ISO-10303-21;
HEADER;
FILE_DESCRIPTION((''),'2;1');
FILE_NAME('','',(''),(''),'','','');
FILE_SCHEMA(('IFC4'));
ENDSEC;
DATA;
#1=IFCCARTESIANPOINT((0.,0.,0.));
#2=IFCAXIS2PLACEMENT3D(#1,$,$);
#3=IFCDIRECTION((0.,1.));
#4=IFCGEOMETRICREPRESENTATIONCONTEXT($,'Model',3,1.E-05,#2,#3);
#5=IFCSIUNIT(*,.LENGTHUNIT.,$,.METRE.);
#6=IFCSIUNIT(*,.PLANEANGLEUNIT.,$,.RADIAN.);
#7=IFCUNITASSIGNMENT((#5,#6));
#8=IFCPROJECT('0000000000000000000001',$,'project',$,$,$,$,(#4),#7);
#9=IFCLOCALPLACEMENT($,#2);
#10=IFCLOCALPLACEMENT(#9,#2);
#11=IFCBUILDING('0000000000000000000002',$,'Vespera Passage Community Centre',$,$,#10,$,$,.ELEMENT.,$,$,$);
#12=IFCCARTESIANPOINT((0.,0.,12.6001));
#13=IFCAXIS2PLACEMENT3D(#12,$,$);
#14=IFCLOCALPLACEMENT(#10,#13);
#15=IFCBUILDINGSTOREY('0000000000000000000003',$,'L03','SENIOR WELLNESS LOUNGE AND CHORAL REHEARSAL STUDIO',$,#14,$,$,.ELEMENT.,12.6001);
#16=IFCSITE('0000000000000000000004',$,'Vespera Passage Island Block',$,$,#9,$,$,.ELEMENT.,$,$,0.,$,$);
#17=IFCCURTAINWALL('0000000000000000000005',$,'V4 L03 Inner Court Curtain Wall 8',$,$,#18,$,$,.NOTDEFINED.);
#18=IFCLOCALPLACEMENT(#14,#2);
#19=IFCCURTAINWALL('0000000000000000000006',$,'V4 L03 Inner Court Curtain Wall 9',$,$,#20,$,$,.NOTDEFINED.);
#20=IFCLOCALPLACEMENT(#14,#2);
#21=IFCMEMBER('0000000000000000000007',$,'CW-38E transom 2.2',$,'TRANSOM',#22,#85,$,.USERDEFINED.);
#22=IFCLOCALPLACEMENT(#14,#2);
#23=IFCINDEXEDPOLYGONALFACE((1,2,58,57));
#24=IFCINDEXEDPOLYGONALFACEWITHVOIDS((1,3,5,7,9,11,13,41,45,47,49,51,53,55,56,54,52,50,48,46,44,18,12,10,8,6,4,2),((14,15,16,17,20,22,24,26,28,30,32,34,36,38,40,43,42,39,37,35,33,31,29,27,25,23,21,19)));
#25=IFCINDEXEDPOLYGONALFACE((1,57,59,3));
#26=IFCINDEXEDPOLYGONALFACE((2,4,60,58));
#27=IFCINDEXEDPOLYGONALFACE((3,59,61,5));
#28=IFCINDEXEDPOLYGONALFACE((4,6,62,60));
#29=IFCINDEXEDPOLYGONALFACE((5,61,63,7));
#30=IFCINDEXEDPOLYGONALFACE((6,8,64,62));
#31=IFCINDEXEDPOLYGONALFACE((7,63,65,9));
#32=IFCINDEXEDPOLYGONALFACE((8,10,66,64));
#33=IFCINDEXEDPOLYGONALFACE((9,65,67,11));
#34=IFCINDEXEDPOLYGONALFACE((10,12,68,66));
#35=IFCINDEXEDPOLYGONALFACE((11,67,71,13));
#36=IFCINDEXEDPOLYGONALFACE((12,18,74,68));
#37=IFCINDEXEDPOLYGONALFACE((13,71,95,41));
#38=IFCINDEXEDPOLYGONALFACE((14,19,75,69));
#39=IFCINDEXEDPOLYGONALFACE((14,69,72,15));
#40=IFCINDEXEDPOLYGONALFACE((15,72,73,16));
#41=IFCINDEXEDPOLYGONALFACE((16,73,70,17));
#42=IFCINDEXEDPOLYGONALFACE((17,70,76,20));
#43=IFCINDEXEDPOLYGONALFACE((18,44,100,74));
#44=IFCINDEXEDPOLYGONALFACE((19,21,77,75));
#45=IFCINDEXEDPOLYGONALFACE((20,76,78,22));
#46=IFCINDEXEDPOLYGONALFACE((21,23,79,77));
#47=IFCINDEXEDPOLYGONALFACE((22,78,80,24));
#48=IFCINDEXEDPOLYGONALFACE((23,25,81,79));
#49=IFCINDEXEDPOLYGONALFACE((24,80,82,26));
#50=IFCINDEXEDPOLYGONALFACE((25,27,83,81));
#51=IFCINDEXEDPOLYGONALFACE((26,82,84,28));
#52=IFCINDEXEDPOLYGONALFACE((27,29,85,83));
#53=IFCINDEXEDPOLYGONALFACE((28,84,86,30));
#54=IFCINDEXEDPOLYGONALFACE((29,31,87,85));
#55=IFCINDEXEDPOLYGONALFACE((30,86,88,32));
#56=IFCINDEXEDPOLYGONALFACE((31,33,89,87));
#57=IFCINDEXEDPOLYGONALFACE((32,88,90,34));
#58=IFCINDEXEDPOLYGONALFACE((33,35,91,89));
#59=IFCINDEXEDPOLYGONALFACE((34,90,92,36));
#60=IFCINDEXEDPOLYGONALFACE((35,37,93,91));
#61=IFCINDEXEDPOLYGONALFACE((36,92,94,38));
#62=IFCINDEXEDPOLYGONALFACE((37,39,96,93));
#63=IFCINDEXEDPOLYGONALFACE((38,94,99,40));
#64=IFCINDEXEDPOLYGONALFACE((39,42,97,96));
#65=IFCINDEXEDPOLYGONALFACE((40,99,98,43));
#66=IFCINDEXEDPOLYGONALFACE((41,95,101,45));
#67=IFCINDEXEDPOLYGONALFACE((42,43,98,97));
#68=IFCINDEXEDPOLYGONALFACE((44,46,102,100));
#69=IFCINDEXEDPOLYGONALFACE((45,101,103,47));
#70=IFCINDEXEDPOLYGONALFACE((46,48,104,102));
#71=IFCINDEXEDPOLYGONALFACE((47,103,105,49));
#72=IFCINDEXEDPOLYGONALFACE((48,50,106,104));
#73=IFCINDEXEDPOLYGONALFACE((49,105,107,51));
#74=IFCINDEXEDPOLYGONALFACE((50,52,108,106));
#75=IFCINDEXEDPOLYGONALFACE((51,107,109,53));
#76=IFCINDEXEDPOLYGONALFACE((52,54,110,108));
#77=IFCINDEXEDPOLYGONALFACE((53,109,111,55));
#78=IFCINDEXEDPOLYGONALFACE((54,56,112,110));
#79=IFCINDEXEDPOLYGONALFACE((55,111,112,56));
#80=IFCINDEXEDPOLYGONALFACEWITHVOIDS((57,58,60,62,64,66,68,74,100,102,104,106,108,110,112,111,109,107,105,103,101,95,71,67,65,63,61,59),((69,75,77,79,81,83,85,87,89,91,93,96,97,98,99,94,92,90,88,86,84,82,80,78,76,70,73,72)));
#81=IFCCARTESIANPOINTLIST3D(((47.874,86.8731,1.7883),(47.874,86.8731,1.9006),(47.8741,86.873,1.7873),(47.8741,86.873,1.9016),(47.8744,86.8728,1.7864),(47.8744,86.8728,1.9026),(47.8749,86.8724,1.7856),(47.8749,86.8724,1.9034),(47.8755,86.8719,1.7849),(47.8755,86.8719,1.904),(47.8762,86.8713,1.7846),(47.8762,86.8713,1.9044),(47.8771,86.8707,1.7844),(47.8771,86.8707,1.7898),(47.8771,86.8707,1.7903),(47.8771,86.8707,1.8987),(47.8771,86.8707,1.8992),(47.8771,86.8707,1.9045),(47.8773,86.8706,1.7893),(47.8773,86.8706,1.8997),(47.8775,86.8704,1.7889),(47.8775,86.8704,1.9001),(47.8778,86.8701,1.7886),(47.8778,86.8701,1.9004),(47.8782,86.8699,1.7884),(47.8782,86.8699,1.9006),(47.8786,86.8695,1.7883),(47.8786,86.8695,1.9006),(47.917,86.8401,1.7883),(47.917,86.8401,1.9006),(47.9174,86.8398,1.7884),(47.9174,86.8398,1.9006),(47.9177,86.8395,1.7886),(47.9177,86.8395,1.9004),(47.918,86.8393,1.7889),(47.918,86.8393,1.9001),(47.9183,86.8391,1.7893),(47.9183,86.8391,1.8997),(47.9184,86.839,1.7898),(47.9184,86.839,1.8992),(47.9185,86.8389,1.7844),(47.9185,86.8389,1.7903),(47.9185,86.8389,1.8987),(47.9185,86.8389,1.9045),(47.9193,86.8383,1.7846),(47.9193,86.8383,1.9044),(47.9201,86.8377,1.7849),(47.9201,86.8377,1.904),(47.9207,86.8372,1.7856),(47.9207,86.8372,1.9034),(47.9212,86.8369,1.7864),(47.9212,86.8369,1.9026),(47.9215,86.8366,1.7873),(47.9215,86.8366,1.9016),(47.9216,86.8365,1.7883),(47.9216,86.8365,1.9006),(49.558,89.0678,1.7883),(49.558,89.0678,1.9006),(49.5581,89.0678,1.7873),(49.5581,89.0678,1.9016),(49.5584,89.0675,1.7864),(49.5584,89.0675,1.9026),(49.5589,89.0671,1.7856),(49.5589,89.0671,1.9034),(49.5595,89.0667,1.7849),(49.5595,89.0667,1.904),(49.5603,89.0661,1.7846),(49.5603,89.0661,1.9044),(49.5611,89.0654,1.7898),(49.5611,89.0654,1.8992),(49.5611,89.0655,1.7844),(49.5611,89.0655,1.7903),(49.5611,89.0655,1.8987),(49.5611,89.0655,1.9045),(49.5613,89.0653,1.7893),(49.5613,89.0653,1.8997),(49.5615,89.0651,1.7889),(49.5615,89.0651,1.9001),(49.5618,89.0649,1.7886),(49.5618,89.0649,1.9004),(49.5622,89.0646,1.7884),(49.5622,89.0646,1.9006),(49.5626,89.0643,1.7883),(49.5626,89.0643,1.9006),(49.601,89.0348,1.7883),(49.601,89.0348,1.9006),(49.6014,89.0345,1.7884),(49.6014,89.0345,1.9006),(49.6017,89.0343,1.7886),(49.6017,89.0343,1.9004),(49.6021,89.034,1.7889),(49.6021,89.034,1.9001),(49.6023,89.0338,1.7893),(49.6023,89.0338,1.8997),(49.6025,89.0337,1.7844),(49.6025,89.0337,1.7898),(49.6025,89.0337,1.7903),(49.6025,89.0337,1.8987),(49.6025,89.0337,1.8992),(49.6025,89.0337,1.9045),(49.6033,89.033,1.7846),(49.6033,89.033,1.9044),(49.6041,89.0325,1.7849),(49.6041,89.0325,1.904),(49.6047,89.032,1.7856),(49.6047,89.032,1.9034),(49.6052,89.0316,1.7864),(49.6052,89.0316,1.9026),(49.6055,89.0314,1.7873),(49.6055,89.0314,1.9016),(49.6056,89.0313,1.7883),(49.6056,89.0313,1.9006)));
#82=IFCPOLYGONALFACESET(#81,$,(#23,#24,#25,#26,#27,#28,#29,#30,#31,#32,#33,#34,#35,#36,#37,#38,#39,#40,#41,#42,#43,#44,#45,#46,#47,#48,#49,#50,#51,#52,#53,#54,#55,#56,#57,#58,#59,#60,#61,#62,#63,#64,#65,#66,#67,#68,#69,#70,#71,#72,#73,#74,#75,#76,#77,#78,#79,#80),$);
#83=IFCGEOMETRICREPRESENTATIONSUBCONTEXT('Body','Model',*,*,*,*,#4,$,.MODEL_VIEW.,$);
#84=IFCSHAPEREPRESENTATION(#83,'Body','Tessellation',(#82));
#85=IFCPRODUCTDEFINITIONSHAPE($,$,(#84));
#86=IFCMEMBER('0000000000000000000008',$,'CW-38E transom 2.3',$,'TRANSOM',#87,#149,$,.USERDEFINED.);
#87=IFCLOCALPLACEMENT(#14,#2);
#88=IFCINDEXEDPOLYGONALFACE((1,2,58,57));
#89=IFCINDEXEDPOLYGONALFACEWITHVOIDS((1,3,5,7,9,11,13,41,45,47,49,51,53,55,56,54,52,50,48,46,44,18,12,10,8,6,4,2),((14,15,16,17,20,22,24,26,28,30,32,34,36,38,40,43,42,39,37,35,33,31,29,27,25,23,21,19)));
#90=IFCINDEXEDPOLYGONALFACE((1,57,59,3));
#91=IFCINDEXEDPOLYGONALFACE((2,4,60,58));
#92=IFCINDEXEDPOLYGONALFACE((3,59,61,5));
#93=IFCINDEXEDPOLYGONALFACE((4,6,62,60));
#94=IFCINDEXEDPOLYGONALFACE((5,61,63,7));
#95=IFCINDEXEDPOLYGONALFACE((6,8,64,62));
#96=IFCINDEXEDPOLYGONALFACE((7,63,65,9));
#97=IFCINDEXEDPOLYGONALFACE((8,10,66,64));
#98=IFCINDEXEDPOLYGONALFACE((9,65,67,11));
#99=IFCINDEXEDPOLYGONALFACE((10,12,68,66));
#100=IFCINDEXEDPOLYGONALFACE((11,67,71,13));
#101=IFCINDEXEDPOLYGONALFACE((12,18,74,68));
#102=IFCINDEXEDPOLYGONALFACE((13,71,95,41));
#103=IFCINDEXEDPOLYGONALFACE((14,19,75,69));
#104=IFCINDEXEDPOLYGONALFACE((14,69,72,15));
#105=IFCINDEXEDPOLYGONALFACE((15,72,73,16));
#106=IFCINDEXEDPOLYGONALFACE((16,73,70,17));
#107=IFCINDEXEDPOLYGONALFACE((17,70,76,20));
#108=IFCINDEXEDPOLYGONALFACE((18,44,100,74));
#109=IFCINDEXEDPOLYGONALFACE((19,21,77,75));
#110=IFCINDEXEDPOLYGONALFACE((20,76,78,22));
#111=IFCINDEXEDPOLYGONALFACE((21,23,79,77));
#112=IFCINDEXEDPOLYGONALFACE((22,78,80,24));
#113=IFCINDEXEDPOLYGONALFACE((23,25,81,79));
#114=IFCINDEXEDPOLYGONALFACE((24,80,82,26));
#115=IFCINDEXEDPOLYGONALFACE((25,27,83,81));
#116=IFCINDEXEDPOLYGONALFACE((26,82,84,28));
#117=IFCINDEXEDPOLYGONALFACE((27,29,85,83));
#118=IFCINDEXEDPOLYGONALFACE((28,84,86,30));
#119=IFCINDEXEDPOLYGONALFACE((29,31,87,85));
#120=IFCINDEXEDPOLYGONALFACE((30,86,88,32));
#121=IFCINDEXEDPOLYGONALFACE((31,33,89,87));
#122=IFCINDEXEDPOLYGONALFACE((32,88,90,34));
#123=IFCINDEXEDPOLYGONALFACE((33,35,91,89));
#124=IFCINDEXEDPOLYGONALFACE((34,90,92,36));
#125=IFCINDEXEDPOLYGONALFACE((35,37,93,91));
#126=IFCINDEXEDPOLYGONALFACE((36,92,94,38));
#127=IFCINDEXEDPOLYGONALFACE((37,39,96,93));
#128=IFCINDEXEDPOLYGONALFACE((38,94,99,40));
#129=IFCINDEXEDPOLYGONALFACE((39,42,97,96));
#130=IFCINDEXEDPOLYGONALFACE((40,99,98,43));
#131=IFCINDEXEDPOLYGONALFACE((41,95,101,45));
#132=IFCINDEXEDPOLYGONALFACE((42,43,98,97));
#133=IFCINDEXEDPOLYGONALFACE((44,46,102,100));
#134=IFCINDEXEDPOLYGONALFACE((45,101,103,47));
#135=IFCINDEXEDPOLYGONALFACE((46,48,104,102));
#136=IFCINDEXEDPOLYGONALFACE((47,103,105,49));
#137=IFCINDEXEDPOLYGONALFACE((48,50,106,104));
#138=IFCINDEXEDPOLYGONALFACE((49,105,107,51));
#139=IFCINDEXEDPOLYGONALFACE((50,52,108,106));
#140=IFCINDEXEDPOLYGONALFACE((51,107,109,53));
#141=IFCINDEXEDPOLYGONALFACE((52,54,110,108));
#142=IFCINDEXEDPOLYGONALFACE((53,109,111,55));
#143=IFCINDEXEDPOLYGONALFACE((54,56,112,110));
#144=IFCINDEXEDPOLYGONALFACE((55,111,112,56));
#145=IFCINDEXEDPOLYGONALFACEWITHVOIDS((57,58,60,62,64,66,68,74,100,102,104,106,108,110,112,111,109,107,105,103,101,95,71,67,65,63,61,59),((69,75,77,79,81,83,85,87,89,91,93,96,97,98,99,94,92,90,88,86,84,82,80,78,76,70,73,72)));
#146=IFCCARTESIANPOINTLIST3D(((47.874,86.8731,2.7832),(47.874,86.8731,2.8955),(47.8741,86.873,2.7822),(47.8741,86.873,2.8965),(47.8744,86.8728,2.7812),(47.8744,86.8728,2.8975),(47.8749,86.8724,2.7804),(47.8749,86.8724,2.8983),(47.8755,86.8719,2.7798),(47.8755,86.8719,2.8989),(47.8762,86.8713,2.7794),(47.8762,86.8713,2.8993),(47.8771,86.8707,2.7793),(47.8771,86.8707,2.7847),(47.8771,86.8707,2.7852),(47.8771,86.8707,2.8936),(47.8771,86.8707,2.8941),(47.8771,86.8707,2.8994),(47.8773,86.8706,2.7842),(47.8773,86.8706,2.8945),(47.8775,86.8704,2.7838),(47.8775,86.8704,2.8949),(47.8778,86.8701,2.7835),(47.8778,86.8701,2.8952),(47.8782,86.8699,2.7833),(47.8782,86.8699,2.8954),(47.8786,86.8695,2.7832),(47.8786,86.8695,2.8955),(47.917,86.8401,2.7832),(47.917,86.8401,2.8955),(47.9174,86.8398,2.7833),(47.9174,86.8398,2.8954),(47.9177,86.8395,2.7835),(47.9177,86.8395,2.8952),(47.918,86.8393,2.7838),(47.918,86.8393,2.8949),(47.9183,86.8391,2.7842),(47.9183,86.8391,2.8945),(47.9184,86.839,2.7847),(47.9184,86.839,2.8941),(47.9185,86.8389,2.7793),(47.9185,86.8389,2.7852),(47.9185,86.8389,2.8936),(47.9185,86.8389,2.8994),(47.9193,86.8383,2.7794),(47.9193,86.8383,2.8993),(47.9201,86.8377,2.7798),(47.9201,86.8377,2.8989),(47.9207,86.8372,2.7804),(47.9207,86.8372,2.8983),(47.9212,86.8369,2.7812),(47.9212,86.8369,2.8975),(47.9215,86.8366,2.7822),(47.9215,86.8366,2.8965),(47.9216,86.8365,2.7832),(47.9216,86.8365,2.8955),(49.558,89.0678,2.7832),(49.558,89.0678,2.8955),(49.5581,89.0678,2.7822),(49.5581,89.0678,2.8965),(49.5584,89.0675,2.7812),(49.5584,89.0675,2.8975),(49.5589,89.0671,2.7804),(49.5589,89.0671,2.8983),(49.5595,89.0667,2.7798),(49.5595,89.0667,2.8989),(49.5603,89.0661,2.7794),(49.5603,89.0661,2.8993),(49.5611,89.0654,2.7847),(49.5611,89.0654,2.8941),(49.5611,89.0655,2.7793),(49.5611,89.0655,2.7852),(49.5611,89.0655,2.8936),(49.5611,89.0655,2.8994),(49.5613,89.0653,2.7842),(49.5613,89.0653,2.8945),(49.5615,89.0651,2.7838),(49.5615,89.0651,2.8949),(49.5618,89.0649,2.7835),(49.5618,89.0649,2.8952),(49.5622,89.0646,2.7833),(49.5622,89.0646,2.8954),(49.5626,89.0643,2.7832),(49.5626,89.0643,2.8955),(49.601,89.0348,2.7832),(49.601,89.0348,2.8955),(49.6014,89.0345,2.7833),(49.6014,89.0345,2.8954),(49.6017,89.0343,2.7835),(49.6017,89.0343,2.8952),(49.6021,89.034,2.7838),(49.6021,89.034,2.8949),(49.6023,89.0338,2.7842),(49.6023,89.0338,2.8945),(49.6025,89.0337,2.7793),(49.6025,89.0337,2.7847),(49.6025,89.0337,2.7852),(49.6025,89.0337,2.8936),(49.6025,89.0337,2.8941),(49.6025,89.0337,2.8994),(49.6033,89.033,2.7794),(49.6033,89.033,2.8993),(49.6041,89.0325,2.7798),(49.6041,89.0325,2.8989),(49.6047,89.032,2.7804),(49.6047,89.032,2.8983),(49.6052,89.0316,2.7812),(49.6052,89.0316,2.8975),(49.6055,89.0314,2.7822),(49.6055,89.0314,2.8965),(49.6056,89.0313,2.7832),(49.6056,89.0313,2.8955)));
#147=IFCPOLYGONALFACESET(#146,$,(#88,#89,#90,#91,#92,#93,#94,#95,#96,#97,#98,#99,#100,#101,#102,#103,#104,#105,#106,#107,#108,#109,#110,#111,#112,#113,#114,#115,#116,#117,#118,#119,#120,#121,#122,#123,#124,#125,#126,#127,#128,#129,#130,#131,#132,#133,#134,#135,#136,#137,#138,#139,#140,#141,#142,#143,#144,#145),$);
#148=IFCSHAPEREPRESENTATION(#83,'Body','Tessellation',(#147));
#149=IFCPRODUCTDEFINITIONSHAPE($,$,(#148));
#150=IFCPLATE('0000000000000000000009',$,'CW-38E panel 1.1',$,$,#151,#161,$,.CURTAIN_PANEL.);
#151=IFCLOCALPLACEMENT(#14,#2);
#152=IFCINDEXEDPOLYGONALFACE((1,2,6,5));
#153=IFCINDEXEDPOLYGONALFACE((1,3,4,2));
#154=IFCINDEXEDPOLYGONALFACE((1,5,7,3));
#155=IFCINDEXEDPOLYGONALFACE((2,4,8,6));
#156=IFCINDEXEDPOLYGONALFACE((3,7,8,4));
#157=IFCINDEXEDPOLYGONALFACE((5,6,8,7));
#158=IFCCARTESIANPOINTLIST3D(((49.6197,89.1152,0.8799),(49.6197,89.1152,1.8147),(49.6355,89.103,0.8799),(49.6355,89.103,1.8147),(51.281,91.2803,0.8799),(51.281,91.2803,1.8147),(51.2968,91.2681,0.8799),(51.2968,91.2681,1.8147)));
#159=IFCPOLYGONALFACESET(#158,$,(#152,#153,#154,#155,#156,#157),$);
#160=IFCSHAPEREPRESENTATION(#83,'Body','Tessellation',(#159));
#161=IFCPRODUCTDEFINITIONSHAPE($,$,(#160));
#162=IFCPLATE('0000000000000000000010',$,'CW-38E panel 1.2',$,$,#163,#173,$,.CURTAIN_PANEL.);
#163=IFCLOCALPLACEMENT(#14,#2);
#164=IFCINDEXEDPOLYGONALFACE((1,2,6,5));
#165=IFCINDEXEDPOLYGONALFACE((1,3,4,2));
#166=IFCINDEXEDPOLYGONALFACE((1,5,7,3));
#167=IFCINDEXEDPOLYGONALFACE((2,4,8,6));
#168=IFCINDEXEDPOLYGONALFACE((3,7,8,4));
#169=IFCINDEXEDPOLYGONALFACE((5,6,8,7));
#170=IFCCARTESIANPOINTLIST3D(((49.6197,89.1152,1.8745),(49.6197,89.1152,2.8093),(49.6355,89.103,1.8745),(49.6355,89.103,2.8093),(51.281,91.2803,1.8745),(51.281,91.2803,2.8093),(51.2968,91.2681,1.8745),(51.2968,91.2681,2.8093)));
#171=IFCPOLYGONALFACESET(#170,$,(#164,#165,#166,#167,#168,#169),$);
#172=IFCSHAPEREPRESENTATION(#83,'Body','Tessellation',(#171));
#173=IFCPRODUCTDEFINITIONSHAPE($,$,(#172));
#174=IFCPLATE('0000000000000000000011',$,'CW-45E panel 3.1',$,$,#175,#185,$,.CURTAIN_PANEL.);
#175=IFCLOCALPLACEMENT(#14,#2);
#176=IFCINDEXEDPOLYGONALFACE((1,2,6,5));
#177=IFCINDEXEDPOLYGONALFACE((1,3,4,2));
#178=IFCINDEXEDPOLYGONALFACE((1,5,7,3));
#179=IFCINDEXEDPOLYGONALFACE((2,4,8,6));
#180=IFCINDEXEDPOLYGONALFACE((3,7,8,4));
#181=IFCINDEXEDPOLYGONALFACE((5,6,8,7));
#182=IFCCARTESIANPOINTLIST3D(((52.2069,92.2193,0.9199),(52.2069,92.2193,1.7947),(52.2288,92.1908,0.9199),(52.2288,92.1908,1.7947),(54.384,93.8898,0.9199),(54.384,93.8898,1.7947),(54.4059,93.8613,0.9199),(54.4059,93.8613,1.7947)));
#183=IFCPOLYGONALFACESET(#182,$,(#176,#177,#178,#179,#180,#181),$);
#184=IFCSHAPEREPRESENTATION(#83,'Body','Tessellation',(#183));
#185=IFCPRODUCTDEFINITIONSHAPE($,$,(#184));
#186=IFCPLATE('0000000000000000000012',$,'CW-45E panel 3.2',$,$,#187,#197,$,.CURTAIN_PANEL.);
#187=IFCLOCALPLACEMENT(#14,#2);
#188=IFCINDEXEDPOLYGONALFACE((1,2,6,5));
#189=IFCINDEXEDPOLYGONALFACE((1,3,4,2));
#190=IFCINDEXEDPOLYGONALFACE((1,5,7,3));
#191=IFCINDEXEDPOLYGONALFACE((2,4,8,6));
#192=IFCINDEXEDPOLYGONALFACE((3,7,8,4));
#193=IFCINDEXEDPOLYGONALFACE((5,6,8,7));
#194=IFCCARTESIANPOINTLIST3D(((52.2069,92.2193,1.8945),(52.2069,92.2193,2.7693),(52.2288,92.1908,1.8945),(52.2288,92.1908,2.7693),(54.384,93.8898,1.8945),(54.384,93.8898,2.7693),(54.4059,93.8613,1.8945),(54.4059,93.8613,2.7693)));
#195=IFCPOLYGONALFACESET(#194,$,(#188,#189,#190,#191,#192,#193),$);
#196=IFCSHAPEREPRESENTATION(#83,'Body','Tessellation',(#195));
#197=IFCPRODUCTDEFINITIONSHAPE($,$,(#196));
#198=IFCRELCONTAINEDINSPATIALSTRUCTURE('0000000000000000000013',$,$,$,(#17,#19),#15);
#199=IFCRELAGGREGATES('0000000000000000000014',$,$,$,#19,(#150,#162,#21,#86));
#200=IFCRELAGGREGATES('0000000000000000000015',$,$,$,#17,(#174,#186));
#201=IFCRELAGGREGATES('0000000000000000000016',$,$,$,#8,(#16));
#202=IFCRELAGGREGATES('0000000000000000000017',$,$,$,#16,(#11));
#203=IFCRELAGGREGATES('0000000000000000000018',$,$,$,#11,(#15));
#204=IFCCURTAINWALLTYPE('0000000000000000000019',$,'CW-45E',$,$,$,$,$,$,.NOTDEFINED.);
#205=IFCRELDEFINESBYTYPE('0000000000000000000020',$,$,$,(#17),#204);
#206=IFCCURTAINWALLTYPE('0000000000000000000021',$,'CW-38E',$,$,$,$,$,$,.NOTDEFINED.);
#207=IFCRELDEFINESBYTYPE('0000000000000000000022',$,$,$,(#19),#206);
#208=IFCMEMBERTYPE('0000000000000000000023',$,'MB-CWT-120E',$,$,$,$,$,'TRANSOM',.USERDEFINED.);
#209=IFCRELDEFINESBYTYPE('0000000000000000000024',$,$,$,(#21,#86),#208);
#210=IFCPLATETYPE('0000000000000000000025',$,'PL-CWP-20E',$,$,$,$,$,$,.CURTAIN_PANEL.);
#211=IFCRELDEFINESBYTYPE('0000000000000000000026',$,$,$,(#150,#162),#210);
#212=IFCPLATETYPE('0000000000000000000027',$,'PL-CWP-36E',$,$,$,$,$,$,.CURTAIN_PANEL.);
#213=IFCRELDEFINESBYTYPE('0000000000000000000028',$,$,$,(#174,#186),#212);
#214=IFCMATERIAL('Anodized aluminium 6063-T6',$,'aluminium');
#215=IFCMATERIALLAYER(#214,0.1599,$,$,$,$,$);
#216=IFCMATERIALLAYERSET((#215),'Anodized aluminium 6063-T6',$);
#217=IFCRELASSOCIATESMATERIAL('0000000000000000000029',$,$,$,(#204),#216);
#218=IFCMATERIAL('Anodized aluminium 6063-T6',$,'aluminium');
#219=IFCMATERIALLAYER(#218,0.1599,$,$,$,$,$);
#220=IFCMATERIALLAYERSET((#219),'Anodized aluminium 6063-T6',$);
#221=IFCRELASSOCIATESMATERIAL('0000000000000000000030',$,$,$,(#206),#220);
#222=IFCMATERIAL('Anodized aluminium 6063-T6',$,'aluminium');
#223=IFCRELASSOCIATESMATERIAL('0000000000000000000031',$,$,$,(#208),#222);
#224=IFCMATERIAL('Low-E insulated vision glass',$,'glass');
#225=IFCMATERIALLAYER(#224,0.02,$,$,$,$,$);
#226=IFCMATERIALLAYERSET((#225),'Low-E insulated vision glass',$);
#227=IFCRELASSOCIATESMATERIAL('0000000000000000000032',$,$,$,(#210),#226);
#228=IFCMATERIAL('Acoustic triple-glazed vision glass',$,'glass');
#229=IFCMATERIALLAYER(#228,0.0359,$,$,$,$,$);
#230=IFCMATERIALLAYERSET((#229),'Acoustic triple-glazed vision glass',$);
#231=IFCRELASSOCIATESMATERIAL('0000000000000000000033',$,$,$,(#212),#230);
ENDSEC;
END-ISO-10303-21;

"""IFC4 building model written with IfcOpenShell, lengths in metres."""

from ifc_helpers import new_model, si_unit, direction, frame, origin, origin_2d, place, context, subcontext, project, spatial, rectangle, hollow_rectangle, extrude, material, layer, layer_set, material_profile, profile_set, type_object, element, aggregate, save


model = new_model("IFC4")

# Units and contexts
model_context = context("Model", 3, precision=1e-05, world=origin(), true_north=direction((0.0, 1.0)))
body_context = subcontext(model_context, "Body", "Model", "MODEL_VIEW")
ifc_project = project(units=[si_unit("LENGTHUNIT", "METRE"), si_unit("PLANEANGLEUNIT", "RADIAN")], contexts=[model_context])

# Site, building, storey
site_placement = place(None, origin())
site = spatial("IfcSite", under=ifc_project, at=site_placement, Name="Vespera Passage Island Block", CompositionType="ELEMENT", RefElevation=0.0)
building_placement = place(site_placement, origin())
building = spatial("IfcBuilding", under=site, at=building_placement, Name="Vespera Passage Community Centre", CompositionType="ELEMENT")
storey_placement = place(building_placement, frame((0.0, 0.0, 12.6001)))
storey = spatial("IfcBuildingStorey", under=building, at=storey_placement, Name="L03", Description="SENIOR WELLNESS LOUNGE AND CHORAL REHEARSAL STUDIO", CompositionType="ELEMENT", Elevation=12.6001)

# Curtain wall
ifc_material_1 = material(Name="Anodized aluminium 6063-T6", Category="aluminium")
ifc_layer_1 = layer(ifc_material_1, 0.1599)
ifc_layer_set_1 = layer_set([ifc_layer_1], Name="Anodized aluminium 6063-T6")
curtain_wall_type_1 = type_object("IfcCurtainWallType", Name="CW-45E", PredefinedType="NOTDEFINED", material=ifc_layer_set_1)
curtain_wall_1_placement = place(storey_placement, origin())
curtain_wall_1 = element("IfcCurtainWall", 1, at=curtain_wall_1_placement, inside=storey, type_object=curtain_wall_type_1, Name="V4 L03 Inner Court Curtain Wall 8", PredefinedType="NOTDEFINED")

# Curtain wall, members, plates
ifc_material_2 = material(Name="Anodized aluminium 6063-T6", Category="aluminium")
ifc_layer_2 = layer(ifc_material_2, 0.1599)
ifc_layer_set_2 = layer_set([ifc_layer_2], Name="Anodized aluminium 6063-T6")
curtain_wall_type_2 = type_object("IfcCurtainWallType", Name="CW-38E", PredefinedType="NOTDEFINED", material=ifc_layer_set_2)
curtain_wall_2_placement = place(storey_placement, origin())
curtain_wall_2 = element("IfcCurtainWall", 2, at=curtain_wall_2_placement, inside=storey, type_object=curtain_wall_type_2, Name="V4 L03 Inner Court Curtain Wall 9", PredefinedType="NOTDEFINED")
ifc_material_3 = material(Name="Anodized aluminium 6063-T6", Category="aluminium")
ifc_material_profile_1 = material_profile(ifc_material_3, hollow_rectangle(XDim=0.0601, YDim=0.1201, WallThickness=0.0039, InnerFilletRadius=0.002, OuterFilletRadius=0.0039, at=origin_2d()), Name="ALU120X60X4")
ifc_profile_set_1 = profile_set([ifc_material_profile_1], Name="Anodized aluminium 6063-T6")
member_type_1 = type_object("IfcMemberType", Name="MB-CWT-120E", ElementType="TRANSOM", PredefinedType="USERDEFINED", material=ifc_profile_set_1)
member_1_placement = place(storey_placement, frame((49.5818, 89.0496, 1.8445), z_axis=(-0.608746, -0.793365, 0.0), x_axis=(0.793365, -0.608746, 0.0)))
member_1 = element("IfcMember", 3, at=member_1_placement, type_object=member_type_1, Name="CW-38E transom 2.2", ObjectType="TRANSOM", PredefinedType="USERDEFINED", context=body_context, shape_type="SweptSolid", body=[
    extrude(hollow_rectangle(XDim=0.0601, YDim=0.1201, WallThickness=0.0039, InnerFilletRadius=0.002, OuterFilletRadius=0.0039, at=origin_2d()), origin(), (0.0, 0.0, 1.0), 2.7664),
])
member_2_placement = place(storey_placement, frame((49.5818, 89.0496, 2.8394), z_axis=(-0.608746, -0.793365, 0.0), x_axis=(0.793365, -0.608746, 0.0)))
member_2 = element("IfcMember", 4, at=member_2_placement, type_object=member_type_1, Name="CW-38E transom 2.3", ObjectType="TRANSOM", PredefinedType="USERDEFINED", context=body_context, shape_type="SweptSolid", body=[
    extrude(hollow_rectangle(XDim=0.0601, YDim=0.1201, WallThickness=0.0039, InnerFilletRadius=0.002, OuterFilletRadius=0.0039, at=origin_2d()), origin(), (0.0, 0.0, 1.0), 2.7664),
])
ifc_material_4 = material(Name="Low-E insulated vision glass", Category="glass")
ifc_layer_3 = layer(ifc_material_4, 0.02)
ifc_layer_set_3 = layer_set([ifc_layer_3], Name="Low-E insulated vision glass")
plate_type_1 = type_object("IfcPlateType", Name="PL-CWP-20E", PredefinedType="CURTAIN_PANEL", material=ifc_layer_set_3)
plate_1_placement = place(storey_placement, frame((50.4583, 90.1917, 0.8799), z_axis=(0.0, 0.0, 1.0), x_axis=(-0.608755, -0.793358, 0.0)))
plate_1 = element("IfcPlate", 5, at=plate_1_placement, type_object=plate_type_1, Name="CW-38E panel 1.1", PredefinedType="CURTAIN_PANEL", context=body_context, shape_type="SweptSolid", body=[
    extrude(rectangle(XDim=2.729, YDim=0.02, at=origin_2d()), origin(), (0.0, 0.0, 1.0), 0.9348),
])
plate_2_placement = place(storey_placement, frame((50.4583, 90.1917, 1.8745), z_axis=(0.0, 0.0, 1.0), x_axis=(-0.608755, -0.793358, 0.0)))
plate_2 = element("IfcPlate", 6, at=plate_2_placement, type_object=plate_type_1, Name="CW-38E panel 1.2", PredefinedType="CURTAIN_PANEL", context=body_context, shape_type="SweptSolid", body=[
    extrude(rectangle(XDim=2.729, YDim=0.02, at=origin_2d()), origin(), (0.0, 0.0, 1.0), 0.9348),
])
aggregate(curtain_wall_2, [plate_1, plate_2, member_1, member_2])

# Plates
ifc_material_5 = material(Name="Acoustic triple-glazed vision glass", Category="glass")
ifc_layer_4 = layer(ifc_material_5, 0.0359)
ifc_layer_set_4 = layer_set([ifc_layer_4], Name="Acoustic triple-glazed vision glass")
plate_type_2 = type_object("IfcPlateType", Name="PL-CWP-36E", PredefinedType="CURTAIN_PANEL", material=ifc_layer_set_4)
plate_3_placement = place(storey_placement, frame((53.3064, 93.0403, 0.9199), z_axis=(0.0, 0.0, 1.0), x_axis=(-0.793358, -0.608755, 0.0)))
plate_3 = element("IfcPlate", 7, at=plate_3_placement, type_object=plate_type_2, Name="CW-45E panel 3.1", PredefinedType="CURTAIN_PANEL", context=body_context, shape_type="SweptSolid", body=[
    extrude(rectangle(XDim=2.7441, YDim=0.0359, at=origin_2d()), origin(), (0.0, 0.0, 1.0), 0.8748),
])
plate_4_placement = place(storey_placement, frame((53.3064, 93.0403, 1.8945), z_axis=(0.0, 0.0, 1.0), x_axis=(-0.793358, -0.608755, 0.0)))
plate_4 = element("IfcPlate", 8, at=plate_4_placement, type_object=plate_type_2, Name="CW-45E panel 3.2", PredefinedType="CURTAIN_PANEL", context=body_context, shape_type="SweptSolid", body=[
    extrude(rectangle(XDim=2.7441, YDim=0.0359, at=origin_2d()), origin(), (0.0, 0.0, 1.0), 0.8748),
])
aggregate(curtain_wall_1, [plate_3, plate_4])

save(model, "model.ifc")
